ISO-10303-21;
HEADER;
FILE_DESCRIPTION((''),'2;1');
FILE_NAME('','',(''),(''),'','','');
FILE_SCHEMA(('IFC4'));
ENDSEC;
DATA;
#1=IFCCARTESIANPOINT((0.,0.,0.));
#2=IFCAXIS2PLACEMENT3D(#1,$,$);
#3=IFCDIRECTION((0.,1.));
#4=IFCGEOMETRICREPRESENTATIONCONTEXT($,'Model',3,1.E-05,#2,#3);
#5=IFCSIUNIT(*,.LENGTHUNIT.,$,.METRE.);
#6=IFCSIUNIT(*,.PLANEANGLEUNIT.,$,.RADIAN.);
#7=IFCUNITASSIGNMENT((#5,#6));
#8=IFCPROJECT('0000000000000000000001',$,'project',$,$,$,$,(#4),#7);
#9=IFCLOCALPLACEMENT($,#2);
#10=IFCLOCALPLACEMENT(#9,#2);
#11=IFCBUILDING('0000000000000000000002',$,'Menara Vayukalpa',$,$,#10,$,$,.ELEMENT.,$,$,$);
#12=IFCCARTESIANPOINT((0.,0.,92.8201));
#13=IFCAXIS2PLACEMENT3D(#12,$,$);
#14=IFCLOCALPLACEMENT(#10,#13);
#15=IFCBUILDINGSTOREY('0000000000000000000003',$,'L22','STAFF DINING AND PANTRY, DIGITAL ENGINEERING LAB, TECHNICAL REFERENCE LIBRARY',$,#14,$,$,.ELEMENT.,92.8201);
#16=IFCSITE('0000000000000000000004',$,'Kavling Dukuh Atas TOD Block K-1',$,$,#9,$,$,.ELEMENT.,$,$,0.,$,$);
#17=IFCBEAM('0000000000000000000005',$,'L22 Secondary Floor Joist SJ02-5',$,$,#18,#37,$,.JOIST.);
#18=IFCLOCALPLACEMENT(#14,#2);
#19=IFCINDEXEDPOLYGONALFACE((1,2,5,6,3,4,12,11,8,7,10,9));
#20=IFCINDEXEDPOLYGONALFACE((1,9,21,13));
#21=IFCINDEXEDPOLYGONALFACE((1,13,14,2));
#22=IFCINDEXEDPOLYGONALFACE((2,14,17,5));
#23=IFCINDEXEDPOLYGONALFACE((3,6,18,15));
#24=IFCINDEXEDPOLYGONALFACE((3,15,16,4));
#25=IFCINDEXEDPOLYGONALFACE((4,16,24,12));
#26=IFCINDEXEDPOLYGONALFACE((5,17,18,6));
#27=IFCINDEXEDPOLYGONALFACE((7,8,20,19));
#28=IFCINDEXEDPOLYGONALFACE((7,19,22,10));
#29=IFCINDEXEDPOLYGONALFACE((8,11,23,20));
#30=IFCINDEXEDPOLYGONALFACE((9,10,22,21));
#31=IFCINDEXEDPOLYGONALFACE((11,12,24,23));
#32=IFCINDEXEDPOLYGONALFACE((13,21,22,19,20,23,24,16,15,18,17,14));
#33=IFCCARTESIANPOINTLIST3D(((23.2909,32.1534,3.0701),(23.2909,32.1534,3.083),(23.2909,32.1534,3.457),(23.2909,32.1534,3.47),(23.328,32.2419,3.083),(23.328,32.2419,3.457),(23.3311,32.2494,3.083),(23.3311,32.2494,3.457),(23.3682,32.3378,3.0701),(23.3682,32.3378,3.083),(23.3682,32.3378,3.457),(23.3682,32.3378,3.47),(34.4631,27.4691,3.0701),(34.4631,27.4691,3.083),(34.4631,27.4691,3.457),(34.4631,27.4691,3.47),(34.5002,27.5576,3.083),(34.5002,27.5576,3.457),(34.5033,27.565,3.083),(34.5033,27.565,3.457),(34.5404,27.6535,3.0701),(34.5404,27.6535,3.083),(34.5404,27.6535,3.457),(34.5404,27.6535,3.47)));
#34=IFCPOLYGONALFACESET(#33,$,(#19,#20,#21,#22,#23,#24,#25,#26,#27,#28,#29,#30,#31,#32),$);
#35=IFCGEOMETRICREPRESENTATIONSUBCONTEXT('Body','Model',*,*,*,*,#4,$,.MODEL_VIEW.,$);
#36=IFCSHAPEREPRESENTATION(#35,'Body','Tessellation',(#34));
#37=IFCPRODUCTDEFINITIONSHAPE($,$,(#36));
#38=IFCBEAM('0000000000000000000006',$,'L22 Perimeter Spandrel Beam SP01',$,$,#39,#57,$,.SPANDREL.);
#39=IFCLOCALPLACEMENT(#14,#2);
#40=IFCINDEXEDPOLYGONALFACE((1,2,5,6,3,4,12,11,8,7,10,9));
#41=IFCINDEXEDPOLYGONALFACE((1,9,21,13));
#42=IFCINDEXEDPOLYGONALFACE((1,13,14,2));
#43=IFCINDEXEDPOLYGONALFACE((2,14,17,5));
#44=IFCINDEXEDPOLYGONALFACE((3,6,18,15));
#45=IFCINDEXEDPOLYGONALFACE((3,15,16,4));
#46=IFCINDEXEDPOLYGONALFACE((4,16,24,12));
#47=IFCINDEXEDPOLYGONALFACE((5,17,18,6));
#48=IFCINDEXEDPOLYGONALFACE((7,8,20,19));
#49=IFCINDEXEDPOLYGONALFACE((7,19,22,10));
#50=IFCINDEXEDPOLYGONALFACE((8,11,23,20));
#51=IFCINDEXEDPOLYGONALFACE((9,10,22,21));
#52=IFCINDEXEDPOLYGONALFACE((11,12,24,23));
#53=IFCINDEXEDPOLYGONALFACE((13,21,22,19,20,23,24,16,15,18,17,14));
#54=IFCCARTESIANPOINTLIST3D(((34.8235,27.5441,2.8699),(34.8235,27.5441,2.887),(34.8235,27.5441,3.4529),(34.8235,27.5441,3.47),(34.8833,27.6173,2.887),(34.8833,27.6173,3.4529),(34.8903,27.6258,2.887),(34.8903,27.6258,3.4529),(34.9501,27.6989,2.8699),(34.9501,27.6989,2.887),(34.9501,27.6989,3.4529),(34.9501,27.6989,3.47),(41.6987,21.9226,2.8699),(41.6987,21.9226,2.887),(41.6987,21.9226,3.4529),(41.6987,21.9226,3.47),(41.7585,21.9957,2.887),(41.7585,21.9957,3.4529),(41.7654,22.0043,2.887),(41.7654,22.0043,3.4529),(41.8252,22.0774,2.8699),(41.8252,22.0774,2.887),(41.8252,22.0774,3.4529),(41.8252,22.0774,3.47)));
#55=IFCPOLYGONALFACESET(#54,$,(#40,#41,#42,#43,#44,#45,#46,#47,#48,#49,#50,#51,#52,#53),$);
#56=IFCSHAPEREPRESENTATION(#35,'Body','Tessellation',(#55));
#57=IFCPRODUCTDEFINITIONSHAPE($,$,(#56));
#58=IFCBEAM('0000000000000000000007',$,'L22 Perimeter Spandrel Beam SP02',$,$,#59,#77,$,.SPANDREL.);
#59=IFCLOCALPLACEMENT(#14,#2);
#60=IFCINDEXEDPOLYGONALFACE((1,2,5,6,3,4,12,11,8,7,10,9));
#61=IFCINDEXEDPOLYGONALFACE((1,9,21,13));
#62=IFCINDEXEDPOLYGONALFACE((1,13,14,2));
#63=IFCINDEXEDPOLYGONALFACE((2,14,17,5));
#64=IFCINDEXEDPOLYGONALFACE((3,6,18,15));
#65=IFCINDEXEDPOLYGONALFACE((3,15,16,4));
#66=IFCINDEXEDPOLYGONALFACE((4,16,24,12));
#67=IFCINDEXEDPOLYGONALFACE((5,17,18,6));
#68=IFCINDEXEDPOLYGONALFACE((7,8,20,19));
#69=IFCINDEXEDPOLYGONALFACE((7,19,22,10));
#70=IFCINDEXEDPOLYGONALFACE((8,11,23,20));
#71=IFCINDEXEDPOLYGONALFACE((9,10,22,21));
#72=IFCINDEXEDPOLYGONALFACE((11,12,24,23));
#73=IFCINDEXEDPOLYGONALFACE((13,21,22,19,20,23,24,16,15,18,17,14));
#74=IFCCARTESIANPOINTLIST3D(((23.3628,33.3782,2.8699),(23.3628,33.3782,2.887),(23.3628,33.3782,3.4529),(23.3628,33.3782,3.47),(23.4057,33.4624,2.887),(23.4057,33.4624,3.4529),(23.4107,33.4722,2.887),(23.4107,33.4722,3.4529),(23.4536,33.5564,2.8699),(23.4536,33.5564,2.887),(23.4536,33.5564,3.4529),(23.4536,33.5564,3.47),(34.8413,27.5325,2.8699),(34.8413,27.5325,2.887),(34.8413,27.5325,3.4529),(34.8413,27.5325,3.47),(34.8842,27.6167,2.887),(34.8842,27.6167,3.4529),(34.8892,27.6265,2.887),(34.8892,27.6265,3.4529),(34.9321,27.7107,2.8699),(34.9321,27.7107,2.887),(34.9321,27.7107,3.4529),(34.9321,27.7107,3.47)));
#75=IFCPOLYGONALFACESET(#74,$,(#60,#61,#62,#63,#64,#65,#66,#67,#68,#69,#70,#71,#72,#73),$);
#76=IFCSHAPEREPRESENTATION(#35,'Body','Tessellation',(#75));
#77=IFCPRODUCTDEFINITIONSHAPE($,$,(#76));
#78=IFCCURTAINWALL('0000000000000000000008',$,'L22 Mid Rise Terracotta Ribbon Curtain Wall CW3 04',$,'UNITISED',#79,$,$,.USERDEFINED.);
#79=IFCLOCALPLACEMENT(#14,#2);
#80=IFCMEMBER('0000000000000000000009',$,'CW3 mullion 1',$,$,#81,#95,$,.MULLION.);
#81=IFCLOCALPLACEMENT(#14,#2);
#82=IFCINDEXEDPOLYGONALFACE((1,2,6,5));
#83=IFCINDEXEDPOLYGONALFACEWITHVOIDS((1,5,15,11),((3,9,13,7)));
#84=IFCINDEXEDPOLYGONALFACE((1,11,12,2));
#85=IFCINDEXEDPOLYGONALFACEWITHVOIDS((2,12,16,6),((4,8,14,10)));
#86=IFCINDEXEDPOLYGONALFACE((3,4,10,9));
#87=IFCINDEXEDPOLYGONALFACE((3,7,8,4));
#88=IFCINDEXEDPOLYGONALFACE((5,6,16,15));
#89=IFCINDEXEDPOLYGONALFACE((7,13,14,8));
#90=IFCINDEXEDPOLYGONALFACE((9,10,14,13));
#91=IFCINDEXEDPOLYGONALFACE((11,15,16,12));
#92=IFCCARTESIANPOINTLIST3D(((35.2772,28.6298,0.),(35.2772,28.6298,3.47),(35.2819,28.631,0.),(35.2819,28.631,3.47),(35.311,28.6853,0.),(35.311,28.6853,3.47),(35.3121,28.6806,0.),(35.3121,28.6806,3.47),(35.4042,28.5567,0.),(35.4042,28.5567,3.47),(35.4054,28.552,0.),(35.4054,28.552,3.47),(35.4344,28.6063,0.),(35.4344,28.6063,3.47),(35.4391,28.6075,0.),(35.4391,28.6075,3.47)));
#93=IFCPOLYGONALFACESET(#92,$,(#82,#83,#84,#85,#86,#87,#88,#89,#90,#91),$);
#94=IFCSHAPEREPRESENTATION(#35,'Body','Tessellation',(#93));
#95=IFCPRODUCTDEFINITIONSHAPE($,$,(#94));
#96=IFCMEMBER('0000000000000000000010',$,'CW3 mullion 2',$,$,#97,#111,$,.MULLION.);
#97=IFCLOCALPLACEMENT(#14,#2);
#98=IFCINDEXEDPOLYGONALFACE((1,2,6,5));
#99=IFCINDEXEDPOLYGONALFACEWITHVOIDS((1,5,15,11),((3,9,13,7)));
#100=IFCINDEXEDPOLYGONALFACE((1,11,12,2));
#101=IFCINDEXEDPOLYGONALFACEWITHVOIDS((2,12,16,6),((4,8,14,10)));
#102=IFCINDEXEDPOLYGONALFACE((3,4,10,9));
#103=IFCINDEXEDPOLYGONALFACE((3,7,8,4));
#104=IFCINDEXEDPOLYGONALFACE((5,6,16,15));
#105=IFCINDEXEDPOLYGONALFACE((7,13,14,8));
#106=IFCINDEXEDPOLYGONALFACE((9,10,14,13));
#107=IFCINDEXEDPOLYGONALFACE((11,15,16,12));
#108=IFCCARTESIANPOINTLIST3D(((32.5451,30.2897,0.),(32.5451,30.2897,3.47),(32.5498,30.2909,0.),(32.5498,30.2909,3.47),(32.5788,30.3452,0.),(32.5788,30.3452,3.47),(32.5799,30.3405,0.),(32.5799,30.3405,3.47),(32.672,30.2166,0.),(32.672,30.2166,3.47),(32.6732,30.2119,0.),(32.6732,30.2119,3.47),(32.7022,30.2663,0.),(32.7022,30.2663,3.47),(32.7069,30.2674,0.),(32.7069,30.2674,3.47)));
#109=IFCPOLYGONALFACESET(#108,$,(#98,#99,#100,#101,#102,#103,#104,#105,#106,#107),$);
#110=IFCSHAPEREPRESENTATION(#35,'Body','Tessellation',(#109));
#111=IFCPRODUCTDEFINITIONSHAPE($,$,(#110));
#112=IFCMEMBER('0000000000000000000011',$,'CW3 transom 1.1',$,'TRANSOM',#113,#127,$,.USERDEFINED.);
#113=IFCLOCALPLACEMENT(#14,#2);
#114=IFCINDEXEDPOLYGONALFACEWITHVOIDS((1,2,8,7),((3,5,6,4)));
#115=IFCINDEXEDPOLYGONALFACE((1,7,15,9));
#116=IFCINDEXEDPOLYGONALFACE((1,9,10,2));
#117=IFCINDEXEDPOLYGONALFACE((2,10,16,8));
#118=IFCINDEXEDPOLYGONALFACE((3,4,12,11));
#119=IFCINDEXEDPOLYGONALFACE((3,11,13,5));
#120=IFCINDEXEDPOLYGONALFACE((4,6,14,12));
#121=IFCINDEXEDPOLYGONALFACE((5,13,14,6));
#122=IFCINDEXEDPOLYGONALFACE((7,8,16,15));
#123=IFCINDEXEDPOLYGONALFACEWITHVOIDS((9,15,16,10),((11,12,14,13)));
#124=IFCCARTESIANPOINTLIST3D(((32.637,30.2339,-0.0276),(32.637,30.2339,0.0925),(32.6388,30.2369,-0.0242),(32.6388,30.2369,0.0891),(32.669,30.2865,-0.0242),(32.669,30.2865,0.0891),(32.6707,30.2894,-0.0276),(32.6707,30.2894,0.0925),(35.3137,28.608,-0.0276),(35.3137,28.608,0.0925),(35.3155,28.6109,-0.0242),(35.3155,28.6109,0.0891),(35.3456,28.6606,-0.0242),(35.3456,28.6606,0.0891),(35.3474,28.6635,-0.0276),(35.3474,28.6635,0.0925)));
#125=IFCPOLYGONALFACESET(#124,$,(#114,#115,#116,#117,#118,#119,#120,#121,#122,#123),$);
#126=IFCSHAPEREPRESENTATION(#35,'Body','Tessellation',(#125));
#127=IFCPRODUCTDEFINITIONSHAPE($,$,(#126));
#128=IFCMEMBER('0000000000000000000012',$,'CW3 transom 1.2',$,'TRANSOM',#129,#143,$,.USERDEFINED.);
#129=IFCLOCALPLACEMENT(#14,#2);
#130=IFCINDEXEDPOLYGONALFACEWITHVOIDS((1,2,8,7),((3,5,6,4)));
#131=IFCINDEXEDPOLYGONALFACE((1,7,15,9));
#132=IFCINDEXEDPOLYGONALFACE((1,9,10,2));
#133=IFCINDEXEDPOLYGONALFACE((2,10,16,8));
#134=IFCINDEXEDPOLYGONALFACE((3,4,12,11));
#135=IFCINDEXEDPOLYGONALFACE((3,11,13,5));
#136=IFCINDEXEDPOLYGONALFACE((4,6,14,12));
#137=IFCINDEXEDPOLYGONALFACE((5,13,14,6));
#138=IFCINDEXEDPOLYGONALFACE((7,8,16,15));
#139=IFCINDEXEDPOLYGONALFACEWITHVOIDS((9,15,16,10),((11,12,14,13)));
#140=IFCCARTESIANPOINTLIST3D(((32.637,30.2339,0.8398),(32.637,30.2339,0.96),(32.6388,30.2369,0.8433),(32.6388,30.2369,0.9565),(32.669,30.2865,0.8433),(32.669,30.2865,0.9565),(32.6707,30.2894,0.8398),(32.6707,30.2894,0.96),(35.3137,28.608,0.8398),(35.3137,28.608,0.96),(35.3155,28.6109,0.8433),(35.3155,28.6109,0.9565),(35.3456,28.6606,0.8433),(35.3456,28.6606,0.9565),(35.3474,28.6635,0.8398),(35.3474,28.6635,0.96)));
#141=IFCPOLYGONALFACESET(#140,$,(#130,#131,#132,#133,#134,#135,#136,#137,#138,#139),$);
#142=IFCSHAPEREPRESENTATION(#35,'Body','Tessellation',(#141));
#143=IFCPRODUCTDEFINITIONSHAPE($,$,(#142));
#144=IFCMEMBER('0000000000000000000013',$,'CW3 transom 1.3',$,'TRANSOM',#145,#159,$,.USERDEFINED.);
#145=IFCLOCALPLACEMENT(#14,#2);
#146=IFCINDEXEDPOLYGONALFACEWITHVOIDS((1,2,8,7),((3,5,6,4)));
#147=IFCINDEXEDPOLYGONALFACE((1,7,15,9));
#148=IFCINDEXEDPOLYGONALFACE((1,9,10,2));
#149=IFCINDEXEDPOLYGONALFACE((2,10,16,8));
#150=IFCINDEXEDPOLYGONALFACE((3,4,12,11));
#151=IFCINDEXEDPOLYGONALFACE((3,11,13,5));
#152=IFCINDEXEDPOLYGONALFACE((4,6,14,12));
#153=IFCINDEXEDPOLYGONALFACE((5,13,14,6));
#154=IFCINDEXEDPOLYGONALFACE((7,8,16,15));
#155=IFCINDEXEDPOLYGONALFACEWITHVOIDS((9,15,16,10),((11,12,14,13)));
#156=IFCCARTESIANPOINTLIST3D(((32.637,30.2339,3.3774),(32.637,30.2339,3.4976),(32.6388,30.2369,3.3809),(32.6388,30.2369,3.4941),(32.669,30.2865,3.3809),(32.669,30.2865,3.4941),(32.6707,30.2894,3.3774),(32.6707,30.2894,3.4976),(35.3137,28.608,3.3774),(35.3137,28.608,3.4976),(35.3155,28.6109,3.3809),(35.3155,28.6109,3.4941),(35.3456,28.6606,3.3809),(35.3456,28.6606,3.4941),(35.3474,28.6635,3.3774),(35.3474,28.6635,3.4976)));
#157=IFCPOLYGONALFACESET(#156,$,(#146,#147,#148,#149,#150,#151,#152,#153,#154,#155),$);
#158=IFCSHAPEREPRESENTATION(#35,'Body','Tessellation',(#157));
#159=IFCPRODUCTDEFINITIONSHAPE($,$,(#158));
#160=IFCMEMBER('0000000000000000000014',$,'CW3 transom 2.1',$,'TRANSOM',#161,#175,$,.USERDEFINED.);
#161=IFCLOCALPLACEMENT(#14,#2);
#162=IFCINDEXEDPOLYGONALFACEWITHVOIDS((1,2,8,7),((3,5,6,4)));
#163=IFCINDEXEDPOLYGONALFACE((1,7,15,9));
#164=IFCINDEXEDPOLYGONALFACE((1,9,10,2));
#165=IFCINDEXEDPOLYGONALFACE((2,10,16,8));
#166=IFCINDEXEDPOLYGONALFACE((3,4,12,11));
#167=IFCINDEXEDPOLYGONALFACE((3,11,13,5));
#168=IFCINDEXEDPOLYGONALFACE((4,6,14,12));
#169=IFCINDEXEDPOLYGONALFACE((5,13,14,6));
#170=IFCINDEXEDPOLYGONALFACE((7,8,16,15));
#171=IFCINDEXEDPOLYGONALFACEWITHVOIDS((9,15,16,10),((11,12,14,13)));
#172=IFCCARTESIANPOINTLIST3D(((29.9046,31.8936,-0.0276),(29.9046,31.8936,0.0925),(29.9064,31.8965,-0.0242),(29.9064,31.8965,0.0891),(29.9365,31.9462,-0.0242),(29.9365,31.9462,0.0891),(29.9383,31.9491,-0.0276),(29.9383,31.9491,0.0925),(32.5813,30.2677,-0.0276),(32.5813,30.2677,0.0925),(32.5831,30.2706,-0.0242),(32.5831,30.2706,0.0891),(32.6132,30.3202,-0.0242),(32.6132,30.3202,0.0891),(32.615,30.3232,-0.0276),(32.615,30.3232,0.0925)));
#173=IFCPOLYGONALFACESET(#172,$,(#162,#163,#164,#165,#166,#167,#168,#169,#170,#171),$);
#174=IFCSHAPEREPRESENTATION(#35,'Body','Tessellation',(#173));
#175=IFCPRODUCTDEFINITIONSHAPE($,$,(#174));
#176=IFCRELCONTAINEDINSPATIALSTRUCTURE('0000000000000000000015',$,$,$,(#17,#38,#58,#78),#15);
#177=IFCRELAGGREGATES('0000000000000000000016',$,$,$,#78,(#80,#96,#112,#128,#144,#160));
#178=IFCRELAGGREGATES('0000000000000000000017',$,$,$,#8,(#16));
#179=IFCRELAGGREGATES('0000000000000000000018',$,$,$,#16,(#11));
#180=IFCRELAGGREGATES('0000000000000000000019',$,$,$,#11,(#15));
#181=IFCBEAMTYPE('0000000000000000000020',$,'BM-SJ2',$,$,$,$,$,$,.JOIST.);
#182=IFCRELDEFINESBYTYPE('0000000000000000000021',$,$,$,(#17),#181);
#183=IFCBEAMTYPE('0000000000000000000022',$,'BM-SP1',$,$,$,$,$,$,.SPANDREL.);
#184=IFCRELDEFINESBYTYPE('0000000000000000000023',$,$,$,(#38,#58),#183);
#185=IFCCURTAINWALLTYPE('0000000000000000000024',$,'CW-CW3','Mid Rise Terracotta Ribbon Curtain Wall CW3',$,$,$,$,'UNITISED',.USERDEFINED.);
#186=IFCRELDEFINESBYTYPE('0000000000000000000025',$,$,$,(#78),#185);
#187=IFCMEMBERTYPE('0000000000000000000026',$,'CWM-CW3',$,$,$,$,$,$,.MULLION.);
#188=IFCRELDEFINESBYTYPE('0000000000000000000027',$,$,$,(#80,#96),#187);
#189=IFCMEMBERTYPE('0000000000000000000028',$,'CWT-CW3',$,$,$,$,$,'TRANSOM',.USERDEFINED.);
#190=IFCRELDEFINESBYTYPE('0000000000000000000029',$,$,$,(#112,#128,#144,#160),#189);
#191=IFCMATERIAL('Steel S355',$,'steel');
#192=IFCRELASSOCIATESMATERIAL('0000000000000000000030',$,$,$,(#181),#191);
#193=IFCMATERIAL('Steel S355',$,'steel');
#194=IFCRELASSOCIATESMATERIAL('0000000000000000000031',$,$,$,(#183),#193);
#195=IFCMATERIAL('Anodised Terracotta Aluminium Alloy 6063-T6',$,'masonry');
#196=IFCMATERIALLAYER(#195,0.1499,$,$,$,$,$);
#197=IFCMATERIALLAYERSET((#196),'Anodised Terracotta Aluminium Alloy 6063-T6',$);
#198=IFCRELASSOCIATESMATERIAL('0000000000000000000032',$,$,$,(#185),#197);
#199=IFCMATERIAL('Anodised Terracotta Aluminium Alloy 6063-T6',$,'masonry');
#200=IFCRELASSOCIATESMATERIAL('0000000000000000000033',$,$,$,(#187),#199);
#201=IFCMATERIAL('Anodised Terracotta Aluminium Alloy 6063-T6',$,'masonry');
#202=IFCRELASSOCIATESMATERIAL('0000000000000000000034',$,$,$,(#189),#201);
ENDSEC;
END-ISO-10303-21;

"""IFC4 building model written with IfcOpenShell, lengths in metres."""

from ifc_helpers import new_model, si_unit, direction, frame, origin, origin_2d, place, context, subcontext, project, spatial, hollow_rectangle, i_section, extrude, material, layer, layer_set, material_profile, profile_set, type_object, element, aggregate, save


model = new_model("IFC4")

# Units and contexts
model_context = context("Model", 3, precision=1e-05, world=origin(), true_north=direction((0.0, 1.0)))
body_context = subcontext(model_context, "Body", "Model", "MODEL_VIEW")
ifc_project = project(units=[si_unit("LENGTHUNIT", "METRE"), si_unit("PLANEANGLEUNIT", "RADIAN")], contexts=[model_context])

# Site, building, storey
site_placement = place(None, origin())
site = spatial("IfcSite", under=ifc_project, at=site_placement, Name="Kavling Dukuh Atas TOD Block K-1", CompositionType="ELEMENT", RefElevation=0.0)
building_placement = place(site_placement, origin())
building = spatial("IfcBuilding", under=site, at=building_placement, Name="Menara Vayukalpa", CompositionType="ELEMENT")
storey_placement = place(building_placement, frame((0.0, 0.0, 92.8201)))
storey = spatial("IfcBuildingStorey", under=building, at=storey_placement, Name="L22", Description="STAFF DINING AND PANTRY, DIGITAL ENGINEERING LAB, TECHNICAL REFERENCE LIBRARY", CompositionType="ELEMENT", Elevation=92.8201)

# Beams
ifc_material_1 = material(Name="Steel S355", Category="steel")
ifc_material_profile_1 = material_profile(ifc_material_1, i_section(OverallWidth=0.2, OverallDepth=0.3999, WebThickness=0.0081, FlangeThickness=0.0129, at=origin_2d()), Name="WF 400x200x8x13")
ifc_profile_set_1 = profile_set([ifc_material_profile_1], Name="Steel S355")
beam_type_1 = type_object("IfcBeamType", Name="BM-SJ2", PredefinedType="JOIST", material=ifc_profile_set_1)
beam_1_placement = place(storey_placement, frame((34.5017, 27.5613, 3.27), z_axis=(-0.922217, 0.386674, 0.0), x_axis=(-0.386674, -0.922217, 0.0)))
element("IfcBeam", 1, at=beam_1_placement, inside=storey, type_object=beam_type_1, Name="L22 Secondary Floor Joist SJ02-5", PredefinedType="JOIST", context=body_context, shape_type="SweptSolid", body=[
    extrude(i_section(OverallWidth=0.2, OverallDepth=0.3999, WebThickness=0.0081, FlangeThickness=0.0129, at=origin_2d()), origin(), (0.0, 0.0, 1.0), 12.1145),
])
ifc_material_2 = material(Name="Steel S355", Category="steel")
ifc_material_profile_2 = material_profile(ifc_material_2, i_section(OverallWidth=0.2, OverallDepth=0.6001, WebThickness=0.011, FlangeThickness=0.0171, at=origin_2d()), Name="WF 600x200x11x17")
ifc_profile_set_2 = profile_set([ifc_material_profile_2], Name="Steel S355")
beam_type_2 = type_object("IfcBeamType", Name="BM-SP1", PredefinedType="SPANDREL", material=ifc_profile_set_2)
beam_2_placement = place(storey_placement, frame((41.762, 22.0, 3.1699), z_axis=(-0.774157, 0.632994, 0.0), x_axis=(-0.632994, -0.774157, 0.0)))
element("IfcBeam", 2, at=beam_2_placement, inside=storey, type_object=beam_type_2, Name="L22 Perimeter Spandrel Beam SP01", PredefinedType="SPANDREL", context=body_context, shape_type="SweptSolid", body=[
    extrude(i_section(OverallWidth=0.2, OverallDepth=0.6001, WebThickness=0.011, FlangeThickness=0.0171, at=origin_2d()), origin(), (0.0, 0.0, 1.0), 8.8809),
])
beam_3_placement = place(storey_placement, frame((34.8867, 27.6216, 3.1699), z_axis=(-0.891097, 0.453812, 0.0), x_axis=(-0.453812, -0.891097, 0.0)))
element("IfcBeam", 3, at=beam_3_placement, inside=storey, type_object=beam_type_2, Name="L22 Perimeter Spandrel Beam SP02", PredefinedType="SPANDREL", context=body_context, shape_type="SweptSolid", body=[
    extrude(i_section(OverallWidth=0.2, OverallDepth=0.6001, WebThickness=0.011, FlangeThickness=0.0171, at=origin_2d()), origin(), (0.0, 0.0, 1.0), 12.8813),
])

# Curtain wall, members
ifc_material_3 = material(Name="Anodised Terracotta Aluminium Alloy 6063-T6", Category="masonry")
ifc_layer_1 = layer(ifc_material_3, 0.1499)
ifc_layer_set_1 = layer_set([ifc_layer_1], Name="Anodised Terracotta Aluminium Alloy 6063-T6")
curtain_wall_type = type_object("IfcCurtainWallType", Name="CW-CW3", Description="Mid Rise Terracotta Ribbon Curtain Wall CW3", ElementType="UNITISED", PredefinedType="USERDEFINED", material=ifc_layer_set_1)
curtain_wall_placement = place(storey_placement, origin())
curtain_wall = element("IfcCurtainWall", 4, at=curtain_wall_placement, inside=storey, type_object=curtain_wall_type, Name="L22 Mid Rise Terracotta Ribbon Curtain Wall CW3 04", ObjectType="UNITISED", PredefinedType="USERDEFINED")
ifc_material_4 = material(Name="Anodised Terracotta Aluminium Alloy 6063-T6", Category="masonry")
ifc_material_profile_3 = material_profile(ifc_material_4, hollow_rectangle(XDim=0.0649, YDim=0.1499, WallThickness=0.0034, at=origin_2d()), Name="ALU 65x150x3.5")
ifc_profile_set_3 = profile_set([ifc_material_profile_3], Name="Anodised Terracotta Aluminium Alloy 6063-T6")
member_type_1 = type_object("IfcMemberType", Name="CWM-CW3", PredefinedType="MULLION", material=ifc_profile_set_3)
member_1_placement = place(storey_placement, frame((35.3582, 28.6187, 0.0), z_axis=(0.0, 0.0, 1.0), x_axis=(-0.519183, -0.854663, 0.0)))
member_1 = element("IfcMember", 5, at=member_1_placement, type_object=member_type_1, Name="CW3 mullion 1", PredefinedType="MULLION", context=body_context, shape_type="SweptSolid", body=[
    extrude(hollow_rectangle(XDim=0.0649, YDim=0.1499, WallThickness=0.0034, at=origin_2d()), origin(), (0.0, 0.0, 1.0), 3.47),
])
member_2_placement = place(storey_placement, frame((32.626, 30.2786, 0.0), z_axis=(0.0, 0.0, 1.0), x_axis=(-0.519183, -0.854663, 0.0)))
member_2 = element("IfcMember", 6, at=member_2_placement, type_object=member_type_1, Name="CW3 mullion 2", PredefinedType="MULLION", context=body_context, shape_type="SweptSolid", body=[
    extrude(hollow_rectangle(XDim=0.0649, YDim=0.1499, WallThickness=0.0034, at=origin_2d()), origin(), (0.0, 0.0, 1.0), 3.47),
])
ifc_material_5 = material(Name="Anodised Terracotta Aluminium Alloy 6063-T6", Category="masonry")
ifc_material_profile_4 = material_profile(ifc_material_5, hollow_rectangle(XDim=0.0649, YDim=0.1201, WallThickness=0.0034, at=origin_2d()), Name="ALU 65x120x3.5")
ifc_profile_set_4 = profile_set([ifc_material_profile_4], Name="Anodised Terracotta Aluminium Alloy 6063-T6")
member_type_2 = type_object("IfcMemberType", Name="CWT-CW3", ElementType="TRANSOM", PredefinedType="USERDEFINED", material=ifc_profile_set_4)
member_3_placement = place(storey_placement, frame((35.3306, 28.6357, 0.0325), z_axis=(-0.854674, 0.519165, 0.0), x_axis=(-0.519165, -0.854674, 0.0)))
member_3 = element("IfcMember", 7, at=member_3_placement, type_object=member_type_2, Name="CW3 transom 1.1", ObjectType="TRANSOM", PredefinedType="USERDEFINED", context=body_context, shape_type="SweptSolid", body=[
    extrude(hollow_rectangle(XDim=0.0649, YDim=0.1201, WallThickness=0.0034, at=origin_2d()), origin(), (0.0, 0.0, 1.0), 3.1318),
])
member_4_placement = place(storey_placement, frame((35.3306, 28.6357, 0.8999), z_axis=(-0.854674, 0.519165, 0.0), x_axis=(-0.519165, -0.854674, 0.0)))
member_4 = element("IfcMember", 8, at=member_4_placement, type_object=member_type_2, Name="CW3 transom 1.2", ObjectType="TRANSOM", PredefinedType="USERDEFINED", context=body_context, shape_type="SweptSolid", body=[
    extrude(hollow_rectangle(XDim=0.0649, YDim=0.1201, WallThickness=0.0034, at=origin_2d()), origin(), (0.0, 0.0, 1.0), 3.1318),
])
member_5_placement = place(storey_placement, frame((35.3306, 28.6357, 3.4375), z_axis=(-0.854674, 0.519165, 0.0), x_axis=(-0.519165, -0.854674, 0.0)))
member_5 = element("IfcMember", 9, at=member_5_placement, type_object=member_type_2, Name="CW3 transom 1.3", ObjectType="TRANSOM", PredefinedType="USERDEFINED", context=body_context, shape_type="SweptSolid", body=[
    extrude(hollow_rectangle(XDim=0.0649, YDim=0.1201, WallThickness=0.0034, at=origin_2d()), origin(), (0.0, 0.0, 1.0), 3.1318),
])
member_6_placement = place(storey_placement, frame((32.5981, 30.2954, 0.0325), z_axis=(-0.854674, 0.519165, 0.0), x_axis=(-0.519165, -0.854674, 0.0)))
member_6 = element("IfcMember", 10, at=member_6_placement, type_object=member_type_2, Name="CW3 transom 2.1", ObjectType="TRANSOM", PredefinedType="USERDEFINED", context=body_context, shape_type="SweptSolid", body=[
    extrude(hollow_rectangle(XDim=0.0649, YDim=0.1201, WallThickness=0.0034, at=origin_2d()), origin(), (0.0, 0.0, 1.0), 3.1318),
])
aggregate(curtain_wall, [member_1, member_2, member_3, member_4, member_5, member_6])

save(model, "model.ifc")
